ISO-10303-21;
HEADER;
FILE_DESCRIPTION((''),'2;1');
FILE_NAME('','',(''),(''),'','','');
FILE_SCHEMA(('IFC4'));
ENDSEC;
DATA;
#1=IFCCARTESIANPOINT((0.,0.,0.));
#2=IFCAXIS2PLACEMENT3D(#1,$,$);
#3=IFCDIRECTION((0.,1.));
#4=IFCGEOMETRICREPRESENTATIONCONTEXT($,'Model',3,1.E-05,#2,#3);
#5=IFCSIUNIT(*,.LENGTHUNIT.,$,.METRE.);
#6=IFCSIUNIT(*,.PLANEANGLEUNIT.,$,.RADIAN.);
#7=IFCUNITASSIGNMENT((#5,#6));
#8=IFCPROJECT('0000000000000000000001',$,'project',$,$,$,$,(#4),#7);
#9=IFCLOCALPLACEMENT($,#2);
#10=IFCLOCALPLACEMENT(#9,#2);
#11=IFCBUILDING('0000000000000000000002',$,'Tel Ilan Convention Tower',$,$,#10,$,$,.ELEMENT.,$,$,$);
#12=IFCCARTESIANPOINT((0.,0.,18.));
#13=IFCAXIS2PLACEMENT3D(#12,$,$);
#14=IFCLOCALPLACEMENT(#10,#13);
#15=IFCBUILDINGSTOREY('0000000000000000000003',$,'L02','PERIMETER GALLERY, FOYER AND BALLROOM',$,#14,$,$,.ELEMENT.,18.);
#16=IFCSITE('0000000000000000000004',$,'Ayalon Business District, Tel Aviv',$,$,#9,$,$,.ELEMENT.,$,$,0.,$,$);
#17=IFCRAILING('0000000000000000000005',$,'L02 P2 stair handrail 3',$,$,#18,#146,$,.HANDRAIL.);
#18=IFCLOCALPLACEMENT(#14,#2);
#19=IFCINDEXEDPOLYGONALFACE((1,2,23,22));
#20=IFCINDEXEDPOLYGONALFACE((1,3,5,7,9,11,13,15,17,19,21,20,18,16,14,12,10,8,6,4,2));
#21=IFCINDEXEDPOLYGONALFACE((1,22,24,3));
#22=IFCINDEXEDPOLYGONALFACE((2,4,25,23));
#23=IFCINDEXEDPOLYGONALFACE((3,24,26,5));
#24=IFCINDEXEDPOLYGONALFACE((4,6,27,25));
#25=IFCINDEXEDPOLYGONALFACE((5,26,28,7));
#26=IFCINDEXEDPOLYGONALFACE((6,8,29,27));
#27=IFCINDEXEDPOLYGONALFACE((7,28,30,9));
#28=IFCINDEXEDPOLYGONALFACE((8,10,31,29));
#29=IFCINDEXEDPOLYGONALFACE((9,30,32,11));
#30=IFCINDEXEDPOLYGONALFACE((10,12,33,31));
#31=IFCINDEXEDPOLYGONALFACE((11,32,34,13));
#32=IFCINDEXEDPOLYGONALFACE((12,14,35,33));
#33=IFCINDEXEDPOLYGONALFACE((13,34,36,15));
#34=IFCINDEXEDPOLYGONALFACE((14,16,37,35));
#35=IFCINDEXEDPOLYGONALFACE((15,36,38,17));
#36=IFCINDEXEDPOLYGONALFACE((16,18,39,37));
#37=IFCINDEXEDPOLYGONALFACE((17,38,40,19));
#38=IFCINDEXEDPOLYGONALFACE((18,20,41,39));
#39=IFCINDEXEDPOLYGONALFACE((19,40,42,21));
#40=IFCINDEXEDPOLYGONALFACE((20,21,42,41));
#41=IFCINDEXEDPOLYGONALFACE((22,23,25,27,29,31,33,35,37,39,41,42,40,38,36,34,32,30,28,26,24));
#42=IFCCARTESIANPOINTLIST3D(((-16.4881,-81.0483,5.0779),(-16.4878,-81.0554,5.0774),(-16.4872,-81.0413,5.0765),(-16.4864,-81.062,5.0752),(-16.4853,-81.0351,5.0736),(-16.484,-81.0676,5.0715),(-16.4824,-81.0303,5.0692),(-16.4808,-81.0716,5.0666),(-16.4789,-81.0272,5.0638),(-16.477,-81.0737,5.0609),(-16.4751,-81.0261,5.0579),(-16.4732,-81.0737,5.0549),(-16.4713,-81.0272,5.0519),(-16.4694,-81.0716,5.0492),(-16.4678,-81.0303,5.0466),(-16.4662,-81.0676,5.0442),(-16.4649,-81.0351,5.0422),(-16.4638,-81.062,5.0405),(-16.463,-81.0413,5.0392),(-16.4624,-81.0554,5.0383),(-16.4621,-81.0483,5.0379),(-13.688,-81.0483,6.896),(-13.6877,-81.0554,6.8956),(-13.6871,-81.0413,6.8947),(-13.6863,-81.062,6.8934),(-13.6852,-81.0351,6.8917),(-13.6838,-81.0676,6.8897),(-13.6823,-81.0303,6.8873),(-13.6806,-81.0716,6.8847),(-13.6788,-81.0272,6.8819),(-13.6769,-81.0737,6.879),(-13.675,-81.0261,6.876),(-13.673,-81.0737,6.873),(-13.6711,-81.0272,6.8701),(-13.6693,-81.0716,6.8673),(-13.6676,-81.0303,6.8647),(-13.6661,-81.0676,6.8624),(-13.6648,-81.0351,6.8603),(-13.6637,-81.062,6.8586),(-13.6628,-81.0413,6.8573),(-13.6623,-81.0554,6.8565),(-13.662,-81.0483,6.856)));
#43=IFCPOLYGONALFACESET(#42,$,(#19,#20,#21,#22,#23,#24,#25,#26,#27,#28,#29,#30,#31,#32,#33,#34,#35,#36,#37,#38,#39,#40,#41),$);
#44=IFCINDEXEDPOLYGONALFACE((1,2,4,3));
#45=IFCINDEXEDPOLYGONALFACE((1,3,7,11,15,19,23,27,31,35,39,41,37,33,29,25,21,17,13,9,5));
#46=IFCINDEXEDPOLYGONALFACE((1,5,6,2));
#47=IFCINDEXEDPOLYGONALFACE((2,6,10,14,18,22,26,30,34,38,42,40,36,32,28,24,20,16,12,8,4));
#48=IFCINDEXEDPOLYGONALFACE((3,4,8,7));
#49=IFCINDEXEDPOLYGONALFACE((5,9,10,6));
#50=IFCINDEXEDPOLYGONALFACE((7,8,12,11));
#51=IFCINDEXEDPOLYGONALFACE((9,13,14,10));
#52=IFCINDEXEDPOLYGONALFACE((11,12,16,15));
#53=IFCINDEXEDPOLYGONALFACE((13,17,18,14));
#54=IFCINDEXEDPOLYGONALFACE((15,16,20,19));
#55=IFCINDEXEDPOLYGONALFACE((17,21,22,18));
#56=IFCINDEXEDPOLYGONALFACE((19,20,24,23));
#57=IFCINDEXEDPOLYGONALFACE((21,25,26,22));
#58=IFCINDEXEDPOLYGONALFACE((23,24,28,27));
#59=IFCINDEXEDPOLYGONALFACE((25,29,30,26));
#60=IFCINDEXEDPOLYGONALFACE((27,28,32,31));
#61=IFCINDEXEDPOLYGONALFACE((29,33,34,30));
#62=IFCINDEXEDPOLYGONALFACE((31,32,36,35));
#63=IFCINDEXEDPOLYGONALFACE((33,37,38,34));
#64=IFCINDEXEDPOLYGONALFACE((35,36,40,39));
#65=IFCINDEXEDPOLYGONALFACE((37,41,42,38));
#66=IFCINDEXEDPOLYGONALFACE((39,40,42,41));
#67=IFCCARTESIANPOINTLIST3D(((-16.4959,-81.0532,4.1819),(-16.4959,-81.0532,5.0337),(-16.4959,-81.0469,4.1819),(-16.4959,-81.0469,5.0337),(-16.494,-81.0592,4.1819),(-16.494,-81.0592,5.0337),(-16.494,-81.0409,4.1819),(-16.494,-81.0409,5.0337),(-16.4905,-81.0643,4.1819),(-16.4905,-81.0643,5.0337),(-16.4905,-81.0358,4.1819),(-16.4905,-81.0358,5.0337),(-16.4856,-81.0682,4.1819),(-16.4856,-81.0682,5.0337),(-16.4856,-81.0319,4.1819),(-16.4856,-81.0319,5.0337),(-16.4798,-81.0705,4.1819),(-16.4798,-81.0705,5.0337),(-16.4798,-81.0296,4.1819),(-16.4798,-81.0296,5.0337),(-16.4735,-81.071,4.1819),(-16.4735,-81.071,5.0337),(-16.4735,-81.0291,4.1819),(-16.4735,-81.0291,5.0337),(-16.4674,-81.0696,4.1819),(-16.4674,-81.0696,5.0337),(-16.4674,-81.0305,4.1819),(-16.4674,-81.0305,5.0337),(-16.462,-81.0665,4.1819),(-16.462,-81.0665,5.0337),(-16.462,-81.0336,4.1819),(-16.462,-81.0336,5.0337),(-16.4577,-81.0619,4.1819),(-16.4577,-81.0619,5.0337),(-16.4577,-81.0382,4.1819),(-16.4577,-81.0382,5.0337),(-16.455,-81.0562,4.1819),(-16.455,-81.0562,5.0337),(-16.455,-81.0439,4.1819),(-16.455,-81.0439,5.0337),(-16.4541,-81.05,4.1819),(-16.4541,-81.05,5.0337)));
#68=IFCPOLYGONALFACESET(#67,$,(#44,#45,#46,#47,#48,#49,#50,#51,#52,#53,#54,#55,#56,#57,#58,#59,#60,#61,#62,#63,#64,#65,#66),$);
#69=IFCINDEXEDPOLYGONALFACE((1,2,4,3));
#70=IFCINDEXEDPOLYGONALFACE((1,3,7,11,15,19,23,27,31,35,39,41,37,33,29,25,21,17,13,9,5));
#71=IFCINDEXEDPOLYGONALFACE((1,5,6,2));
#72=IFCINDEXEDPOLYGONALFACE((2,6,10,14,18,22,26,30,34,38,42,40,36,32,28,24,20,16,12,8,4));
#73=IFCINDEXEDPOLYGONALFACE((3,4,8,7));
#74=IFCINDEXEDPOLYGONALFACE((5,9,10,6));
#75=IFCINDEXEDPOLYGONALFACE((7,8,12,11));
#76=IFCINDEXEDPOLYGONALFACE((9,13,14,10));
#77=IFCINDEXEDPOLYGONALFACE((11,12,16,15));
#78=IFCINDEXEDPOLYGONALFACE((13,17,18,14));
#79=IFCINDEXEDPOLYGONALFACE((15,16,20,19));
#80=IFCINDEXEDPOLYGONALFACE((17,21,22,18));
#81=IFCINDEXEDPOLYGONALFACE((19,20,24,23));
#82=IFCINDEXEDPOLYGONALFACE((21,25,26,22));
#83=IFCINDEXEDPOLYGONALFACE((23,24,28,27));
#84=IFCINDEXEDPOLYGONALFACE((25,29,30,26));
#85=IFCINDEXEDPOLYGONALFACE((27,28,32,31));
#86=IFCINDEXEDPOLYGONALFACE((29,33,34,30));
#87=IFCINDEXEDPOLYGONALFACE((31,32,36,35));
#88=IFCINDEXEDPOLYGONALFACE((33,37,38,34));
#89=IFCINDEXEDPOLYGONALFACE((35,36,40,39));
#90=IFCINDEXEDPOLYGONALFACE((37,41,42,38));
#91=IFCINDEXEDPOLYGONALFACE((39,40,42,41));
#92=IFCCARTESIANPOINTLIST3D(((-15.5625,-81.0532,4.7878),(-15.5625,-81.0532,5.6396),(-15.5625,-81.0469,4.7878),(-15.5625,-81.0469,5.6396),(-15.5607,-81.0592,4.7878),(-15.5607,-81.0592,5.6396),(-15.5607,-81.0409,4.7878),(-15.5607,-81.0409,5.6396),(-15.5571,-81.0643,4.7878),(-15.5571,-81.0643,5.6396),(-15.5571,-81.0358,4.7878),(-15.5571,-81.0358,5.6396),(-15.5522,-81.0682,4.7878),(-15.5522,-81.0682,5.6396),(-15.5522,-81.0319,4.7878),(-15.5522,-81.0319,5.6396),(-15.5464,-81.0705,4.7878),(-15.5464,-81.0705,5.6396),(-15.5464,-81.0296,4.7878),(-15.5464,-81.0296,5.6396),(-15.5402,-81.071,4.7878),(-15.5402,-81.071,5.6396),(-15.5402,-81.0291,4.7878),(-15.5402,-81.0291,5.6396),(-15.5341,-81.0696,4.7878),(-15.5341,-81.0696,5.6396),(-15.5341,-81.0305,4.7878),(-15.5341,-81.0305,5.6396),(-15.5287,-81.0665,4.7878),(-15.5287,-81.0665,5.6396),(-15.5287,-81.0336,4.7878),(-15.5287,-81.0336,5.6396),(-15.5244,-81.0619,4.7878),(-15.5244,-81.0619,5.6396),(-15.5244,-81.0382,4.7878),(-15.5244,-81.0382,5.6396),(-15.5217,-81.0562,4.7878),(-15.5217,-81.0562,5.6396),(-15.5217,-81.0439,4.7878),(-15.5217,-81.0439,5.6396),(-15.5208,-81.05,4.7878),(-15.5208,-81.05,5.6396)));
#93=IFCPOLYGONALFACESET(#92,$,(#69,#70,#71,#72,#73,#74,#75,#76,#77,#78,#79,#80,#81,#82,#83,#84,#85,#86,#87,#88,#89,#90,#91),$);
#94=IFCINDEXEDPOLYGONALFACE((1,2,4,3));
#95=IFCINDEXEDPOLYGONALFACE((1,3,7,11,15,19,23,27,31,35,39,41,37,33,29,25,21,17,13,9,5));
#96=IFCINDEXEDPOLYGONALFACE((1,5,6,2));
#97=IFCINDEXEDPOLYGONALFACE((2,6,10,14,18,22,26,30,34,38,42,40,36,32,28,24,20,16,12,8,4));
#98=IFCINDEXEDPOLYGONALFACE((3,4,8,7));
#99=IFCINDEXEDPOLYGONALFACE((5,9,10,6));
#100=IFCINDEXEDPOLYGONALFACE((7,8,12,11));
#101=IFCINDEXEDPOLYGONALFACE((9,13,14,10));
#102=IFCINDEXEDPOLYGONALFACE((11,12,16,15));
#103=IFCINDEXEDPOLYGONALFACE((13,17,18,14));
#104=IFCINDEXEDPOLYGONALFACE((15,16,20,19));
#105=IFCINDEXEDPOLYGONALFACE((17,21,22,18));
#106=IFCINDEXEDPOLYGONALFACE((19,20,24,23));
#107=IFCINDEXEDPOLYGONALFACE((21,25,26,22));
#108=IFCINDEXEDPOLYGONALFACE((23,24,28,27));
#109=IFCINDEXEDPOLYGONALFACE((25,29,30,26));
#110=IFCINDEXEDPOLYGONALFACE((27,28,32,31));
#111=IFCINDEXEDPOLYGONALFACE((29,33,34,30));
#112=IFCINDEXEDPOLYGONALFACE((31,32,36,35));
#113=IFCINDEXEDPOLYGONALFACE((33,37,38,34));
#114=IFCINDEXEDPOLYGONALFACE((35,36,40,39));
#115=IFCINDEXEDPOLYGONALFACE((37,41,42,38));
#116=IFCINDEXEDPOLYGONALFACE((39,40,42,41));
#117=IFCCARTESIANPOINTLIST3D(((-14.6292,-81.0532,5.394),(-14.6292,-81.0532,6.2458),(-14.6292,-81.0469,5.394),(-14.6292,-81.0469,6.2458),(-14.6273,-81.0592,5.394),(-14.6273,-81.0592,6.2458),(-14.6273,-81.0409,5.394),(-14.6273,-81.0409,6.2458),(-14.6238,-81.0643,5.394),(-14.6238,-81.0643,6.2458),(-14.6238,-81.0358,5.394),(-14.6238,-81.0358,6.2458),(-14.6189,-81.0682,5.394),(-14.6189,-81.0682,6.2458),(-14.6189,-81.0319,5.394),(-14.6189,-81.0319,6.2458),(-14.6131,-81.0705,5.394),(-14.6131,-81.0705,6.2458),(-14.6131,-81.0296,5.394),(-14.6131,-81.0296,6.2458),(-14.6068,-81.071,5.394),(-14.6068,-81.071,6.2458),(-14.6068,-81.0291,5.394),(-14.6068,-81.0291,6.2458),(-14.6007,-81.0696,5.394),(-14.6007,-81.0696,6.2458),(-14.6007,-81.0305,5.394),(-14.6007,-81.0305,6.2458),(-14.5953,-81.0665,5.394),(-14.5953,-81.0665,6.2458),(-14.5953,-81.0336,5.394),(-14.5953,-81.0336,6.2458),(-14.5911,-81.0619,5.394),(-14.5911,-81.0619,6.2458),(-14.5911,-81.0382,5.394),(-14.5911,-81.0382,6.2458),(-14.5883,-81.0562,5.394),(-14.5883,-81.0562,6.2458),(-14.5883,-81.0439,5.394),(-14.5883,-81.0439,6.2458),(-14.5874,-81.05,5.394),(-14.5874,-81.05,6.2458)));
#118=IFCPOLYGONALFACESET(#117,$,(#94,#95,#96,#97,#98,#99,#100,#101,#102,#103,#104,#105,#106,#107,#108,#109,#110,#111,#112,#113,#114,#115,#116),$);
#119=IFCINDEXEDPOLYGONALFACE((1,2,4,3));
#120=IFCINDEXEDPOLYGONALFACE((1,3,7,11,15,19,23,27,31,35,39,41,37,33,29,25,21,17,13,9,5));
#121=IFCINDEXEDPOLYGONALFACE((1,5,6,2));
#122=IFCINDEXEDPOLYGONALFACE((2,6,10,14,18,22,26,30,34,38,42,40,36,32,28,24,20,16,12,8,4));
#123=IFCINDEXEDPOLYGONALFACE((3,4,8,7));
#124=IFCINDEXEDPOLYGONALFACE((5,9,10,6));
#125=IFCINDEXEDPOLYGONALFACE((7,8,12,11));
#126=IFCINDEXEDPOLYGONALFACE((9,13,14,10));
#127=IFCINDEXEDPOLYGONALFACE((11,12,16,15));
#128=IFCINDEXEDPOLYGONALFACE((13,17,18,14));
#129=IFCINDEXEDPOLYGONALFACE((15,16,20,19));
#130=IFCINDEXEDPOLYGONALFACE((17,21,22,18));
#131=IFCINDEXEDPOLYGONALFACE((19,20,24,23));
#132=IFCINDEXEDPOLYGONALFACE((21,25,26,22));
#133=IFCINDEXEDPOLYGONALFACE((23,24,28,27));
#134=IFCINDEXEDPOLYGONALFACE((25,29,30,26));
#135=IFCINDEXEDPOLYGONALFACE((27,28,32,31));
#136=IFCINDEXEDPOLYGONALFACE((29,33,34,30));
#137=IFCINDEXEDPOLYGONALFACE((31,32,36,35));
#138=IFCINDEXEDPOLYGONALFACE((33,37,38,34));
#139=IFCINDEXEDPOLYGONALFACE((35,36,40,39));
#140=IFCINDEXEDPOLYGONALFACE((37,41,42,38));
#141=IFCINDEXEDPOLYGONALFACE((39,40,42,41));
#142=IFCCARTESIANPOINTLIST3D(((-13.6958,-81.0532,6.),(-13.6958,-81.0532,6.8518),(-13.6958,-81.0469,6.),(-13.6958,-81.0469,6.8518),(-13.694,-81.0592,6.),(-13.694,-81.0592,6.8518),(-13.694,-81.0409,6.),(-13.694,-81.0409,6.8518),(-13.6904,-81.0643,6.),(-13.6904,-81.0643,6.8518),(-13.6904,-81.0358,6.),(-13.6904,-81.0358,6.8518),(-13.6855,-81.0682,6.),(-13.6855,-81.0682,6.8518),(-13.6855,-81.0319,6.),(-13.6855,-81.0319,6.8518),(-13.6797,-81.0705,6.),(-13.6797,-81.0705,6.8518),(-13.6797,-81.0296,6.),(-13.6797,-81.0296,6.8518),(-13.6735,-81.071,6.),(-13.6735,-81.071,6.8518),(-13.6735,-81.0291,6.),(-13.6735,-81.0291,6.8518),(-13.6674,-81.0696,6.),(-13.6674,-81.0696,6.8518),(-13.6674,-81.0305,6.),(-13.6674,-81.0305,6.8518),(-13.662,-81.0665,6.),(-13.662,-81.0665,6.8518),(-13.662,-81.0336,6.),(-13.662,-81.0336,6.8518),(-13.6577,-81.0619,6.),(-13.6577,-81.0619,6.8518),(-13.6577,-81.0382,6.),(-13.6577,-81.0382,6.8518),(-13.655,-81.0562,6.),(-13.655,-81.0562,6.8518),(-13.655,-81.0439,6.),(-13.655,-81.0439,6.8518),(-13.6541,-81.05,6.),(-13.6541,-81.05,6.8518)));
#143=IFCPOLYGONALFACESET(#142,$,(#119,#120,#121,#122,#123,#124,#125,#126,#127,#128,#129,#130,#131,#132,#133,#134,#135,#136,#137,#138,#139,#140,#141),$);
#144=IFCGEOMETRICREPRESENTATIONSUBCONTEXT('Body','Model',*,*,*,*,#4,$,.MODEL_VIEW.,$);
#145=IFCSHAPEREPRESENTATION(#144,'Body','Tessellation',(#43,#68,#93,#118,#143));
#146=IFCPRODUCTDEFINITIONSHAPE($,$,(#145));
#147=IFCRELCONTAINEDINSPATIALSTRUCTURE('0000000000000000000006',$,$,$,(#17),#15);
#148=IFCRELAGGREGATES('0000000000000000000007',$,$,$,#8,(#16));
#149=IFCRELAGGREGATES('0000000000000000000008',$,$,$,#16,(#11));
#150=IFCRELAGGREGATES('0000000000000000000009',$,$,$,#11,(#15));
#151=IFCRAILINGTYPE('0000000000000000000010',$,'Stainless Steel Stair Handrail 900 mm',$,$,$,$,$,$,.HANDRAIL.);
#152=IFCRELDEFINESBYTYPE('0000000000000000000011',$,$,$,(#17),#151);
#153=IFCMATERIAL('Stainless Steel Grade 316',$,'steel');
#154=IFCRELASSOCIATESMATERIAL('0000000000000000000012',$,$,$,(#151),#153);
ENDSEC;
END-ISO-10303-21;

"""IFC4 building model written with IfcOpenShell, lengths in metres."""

from ifc_helpers import new_model, si_unit, direction, frame, origin, origin_2d, place, context, subcontext, project, spatial, circle, extrude, material, type_object, element, save


model = new_model("IFC4")

# Units and contexts
model_context = context("Model", 3, precision=1e-05, world=origin(), true_north=direction((0.0, 1.0)))
body_context = subcontext(model_context, "Body", "Model", "MODEL_VIEW")
ifc_project = project(units=[si_unit("LENGTHUNIT", "METRE"), si_unit("PLANEANGLEUNIT", "RADIAN")], contexts=[model_context])

# Site, building, storey
site_placement = place(None, origin())
site = spatial("IfcSite", under=ifc_project, at=site_placement, Name="Ayalon Business District, Tel Aviv", CompositionType="ELEMENT", RefElevation=0.0)
building_placement = place(site_placement, origin())
building = spatial("IfcBuilding", under=site, at=building_placement, Name="Tel Ilan Convention Tower", CompositionType="ELEMENT")
storey_placement = place(building_placement, frame((0.0, 0.0, 18.0)))
storey = spatial("IfcBuildingStorey", under=building, at=storey_placement, Name="L02", Description="PERIMETER GALLERY, FOYER AND BALLROOM", CompositionType="ELEMENT", Elevation=18.0)

# Railing
ifc_material_1 = material(Name="Stainless Steel Grade 316", Category="steel")
railing_type_1 = type_object("IfcRailingType", Name="Stainless Steel Stair Handrail 900 mm", PredefinedType="HANDRAIL", material=ifc_material_1)
for number, where, name in (
    (1, (-16.4751, -81.05, 4.1819), "L02 P2 stair handrail 3"),
):
    element("IfcRailing", number, at=place(storey_placement, frame(where)), inside=storey, type_object=railing_type_1, Name=name, PredefinedType="HANDRAIL", context=body_context, shape_type="SweptSolid", body=[
        extrude(circle(Radius=0.0239, at=origin_2d()), frame((0.0, 0.0, 0.876), z_axis=(0.838706, 0.0, 0.544585), x_axis=(0.0, 1.0, 0.0)), (0.0, 0.0, 1.0), 3.3386),
        extrude(circle(Radius=0.021, at=origin_2d()), origin(), (0.0, 0.0, 1.0), 0.8518),
        extrude(circle(Radius=0.021, at=origin_2d()), frame((0.9333, 0.0, 0.606)), (0.0, 0.0, 1.0), 0.8518),
        extrude(circle(Radius=0.021, at=origin_2d()), frame((1.8667, 0.0, 1.2122)), (0.0, 0.0, 1.0), 0.8518),
        extrude(circle(Radius=0.021, at=origin_2d()), frame((2.8, 0.0, 1.8181)), (0.0, 0.0, 1.0), 0.8518),
    ])

save(model, "model.ifc")
